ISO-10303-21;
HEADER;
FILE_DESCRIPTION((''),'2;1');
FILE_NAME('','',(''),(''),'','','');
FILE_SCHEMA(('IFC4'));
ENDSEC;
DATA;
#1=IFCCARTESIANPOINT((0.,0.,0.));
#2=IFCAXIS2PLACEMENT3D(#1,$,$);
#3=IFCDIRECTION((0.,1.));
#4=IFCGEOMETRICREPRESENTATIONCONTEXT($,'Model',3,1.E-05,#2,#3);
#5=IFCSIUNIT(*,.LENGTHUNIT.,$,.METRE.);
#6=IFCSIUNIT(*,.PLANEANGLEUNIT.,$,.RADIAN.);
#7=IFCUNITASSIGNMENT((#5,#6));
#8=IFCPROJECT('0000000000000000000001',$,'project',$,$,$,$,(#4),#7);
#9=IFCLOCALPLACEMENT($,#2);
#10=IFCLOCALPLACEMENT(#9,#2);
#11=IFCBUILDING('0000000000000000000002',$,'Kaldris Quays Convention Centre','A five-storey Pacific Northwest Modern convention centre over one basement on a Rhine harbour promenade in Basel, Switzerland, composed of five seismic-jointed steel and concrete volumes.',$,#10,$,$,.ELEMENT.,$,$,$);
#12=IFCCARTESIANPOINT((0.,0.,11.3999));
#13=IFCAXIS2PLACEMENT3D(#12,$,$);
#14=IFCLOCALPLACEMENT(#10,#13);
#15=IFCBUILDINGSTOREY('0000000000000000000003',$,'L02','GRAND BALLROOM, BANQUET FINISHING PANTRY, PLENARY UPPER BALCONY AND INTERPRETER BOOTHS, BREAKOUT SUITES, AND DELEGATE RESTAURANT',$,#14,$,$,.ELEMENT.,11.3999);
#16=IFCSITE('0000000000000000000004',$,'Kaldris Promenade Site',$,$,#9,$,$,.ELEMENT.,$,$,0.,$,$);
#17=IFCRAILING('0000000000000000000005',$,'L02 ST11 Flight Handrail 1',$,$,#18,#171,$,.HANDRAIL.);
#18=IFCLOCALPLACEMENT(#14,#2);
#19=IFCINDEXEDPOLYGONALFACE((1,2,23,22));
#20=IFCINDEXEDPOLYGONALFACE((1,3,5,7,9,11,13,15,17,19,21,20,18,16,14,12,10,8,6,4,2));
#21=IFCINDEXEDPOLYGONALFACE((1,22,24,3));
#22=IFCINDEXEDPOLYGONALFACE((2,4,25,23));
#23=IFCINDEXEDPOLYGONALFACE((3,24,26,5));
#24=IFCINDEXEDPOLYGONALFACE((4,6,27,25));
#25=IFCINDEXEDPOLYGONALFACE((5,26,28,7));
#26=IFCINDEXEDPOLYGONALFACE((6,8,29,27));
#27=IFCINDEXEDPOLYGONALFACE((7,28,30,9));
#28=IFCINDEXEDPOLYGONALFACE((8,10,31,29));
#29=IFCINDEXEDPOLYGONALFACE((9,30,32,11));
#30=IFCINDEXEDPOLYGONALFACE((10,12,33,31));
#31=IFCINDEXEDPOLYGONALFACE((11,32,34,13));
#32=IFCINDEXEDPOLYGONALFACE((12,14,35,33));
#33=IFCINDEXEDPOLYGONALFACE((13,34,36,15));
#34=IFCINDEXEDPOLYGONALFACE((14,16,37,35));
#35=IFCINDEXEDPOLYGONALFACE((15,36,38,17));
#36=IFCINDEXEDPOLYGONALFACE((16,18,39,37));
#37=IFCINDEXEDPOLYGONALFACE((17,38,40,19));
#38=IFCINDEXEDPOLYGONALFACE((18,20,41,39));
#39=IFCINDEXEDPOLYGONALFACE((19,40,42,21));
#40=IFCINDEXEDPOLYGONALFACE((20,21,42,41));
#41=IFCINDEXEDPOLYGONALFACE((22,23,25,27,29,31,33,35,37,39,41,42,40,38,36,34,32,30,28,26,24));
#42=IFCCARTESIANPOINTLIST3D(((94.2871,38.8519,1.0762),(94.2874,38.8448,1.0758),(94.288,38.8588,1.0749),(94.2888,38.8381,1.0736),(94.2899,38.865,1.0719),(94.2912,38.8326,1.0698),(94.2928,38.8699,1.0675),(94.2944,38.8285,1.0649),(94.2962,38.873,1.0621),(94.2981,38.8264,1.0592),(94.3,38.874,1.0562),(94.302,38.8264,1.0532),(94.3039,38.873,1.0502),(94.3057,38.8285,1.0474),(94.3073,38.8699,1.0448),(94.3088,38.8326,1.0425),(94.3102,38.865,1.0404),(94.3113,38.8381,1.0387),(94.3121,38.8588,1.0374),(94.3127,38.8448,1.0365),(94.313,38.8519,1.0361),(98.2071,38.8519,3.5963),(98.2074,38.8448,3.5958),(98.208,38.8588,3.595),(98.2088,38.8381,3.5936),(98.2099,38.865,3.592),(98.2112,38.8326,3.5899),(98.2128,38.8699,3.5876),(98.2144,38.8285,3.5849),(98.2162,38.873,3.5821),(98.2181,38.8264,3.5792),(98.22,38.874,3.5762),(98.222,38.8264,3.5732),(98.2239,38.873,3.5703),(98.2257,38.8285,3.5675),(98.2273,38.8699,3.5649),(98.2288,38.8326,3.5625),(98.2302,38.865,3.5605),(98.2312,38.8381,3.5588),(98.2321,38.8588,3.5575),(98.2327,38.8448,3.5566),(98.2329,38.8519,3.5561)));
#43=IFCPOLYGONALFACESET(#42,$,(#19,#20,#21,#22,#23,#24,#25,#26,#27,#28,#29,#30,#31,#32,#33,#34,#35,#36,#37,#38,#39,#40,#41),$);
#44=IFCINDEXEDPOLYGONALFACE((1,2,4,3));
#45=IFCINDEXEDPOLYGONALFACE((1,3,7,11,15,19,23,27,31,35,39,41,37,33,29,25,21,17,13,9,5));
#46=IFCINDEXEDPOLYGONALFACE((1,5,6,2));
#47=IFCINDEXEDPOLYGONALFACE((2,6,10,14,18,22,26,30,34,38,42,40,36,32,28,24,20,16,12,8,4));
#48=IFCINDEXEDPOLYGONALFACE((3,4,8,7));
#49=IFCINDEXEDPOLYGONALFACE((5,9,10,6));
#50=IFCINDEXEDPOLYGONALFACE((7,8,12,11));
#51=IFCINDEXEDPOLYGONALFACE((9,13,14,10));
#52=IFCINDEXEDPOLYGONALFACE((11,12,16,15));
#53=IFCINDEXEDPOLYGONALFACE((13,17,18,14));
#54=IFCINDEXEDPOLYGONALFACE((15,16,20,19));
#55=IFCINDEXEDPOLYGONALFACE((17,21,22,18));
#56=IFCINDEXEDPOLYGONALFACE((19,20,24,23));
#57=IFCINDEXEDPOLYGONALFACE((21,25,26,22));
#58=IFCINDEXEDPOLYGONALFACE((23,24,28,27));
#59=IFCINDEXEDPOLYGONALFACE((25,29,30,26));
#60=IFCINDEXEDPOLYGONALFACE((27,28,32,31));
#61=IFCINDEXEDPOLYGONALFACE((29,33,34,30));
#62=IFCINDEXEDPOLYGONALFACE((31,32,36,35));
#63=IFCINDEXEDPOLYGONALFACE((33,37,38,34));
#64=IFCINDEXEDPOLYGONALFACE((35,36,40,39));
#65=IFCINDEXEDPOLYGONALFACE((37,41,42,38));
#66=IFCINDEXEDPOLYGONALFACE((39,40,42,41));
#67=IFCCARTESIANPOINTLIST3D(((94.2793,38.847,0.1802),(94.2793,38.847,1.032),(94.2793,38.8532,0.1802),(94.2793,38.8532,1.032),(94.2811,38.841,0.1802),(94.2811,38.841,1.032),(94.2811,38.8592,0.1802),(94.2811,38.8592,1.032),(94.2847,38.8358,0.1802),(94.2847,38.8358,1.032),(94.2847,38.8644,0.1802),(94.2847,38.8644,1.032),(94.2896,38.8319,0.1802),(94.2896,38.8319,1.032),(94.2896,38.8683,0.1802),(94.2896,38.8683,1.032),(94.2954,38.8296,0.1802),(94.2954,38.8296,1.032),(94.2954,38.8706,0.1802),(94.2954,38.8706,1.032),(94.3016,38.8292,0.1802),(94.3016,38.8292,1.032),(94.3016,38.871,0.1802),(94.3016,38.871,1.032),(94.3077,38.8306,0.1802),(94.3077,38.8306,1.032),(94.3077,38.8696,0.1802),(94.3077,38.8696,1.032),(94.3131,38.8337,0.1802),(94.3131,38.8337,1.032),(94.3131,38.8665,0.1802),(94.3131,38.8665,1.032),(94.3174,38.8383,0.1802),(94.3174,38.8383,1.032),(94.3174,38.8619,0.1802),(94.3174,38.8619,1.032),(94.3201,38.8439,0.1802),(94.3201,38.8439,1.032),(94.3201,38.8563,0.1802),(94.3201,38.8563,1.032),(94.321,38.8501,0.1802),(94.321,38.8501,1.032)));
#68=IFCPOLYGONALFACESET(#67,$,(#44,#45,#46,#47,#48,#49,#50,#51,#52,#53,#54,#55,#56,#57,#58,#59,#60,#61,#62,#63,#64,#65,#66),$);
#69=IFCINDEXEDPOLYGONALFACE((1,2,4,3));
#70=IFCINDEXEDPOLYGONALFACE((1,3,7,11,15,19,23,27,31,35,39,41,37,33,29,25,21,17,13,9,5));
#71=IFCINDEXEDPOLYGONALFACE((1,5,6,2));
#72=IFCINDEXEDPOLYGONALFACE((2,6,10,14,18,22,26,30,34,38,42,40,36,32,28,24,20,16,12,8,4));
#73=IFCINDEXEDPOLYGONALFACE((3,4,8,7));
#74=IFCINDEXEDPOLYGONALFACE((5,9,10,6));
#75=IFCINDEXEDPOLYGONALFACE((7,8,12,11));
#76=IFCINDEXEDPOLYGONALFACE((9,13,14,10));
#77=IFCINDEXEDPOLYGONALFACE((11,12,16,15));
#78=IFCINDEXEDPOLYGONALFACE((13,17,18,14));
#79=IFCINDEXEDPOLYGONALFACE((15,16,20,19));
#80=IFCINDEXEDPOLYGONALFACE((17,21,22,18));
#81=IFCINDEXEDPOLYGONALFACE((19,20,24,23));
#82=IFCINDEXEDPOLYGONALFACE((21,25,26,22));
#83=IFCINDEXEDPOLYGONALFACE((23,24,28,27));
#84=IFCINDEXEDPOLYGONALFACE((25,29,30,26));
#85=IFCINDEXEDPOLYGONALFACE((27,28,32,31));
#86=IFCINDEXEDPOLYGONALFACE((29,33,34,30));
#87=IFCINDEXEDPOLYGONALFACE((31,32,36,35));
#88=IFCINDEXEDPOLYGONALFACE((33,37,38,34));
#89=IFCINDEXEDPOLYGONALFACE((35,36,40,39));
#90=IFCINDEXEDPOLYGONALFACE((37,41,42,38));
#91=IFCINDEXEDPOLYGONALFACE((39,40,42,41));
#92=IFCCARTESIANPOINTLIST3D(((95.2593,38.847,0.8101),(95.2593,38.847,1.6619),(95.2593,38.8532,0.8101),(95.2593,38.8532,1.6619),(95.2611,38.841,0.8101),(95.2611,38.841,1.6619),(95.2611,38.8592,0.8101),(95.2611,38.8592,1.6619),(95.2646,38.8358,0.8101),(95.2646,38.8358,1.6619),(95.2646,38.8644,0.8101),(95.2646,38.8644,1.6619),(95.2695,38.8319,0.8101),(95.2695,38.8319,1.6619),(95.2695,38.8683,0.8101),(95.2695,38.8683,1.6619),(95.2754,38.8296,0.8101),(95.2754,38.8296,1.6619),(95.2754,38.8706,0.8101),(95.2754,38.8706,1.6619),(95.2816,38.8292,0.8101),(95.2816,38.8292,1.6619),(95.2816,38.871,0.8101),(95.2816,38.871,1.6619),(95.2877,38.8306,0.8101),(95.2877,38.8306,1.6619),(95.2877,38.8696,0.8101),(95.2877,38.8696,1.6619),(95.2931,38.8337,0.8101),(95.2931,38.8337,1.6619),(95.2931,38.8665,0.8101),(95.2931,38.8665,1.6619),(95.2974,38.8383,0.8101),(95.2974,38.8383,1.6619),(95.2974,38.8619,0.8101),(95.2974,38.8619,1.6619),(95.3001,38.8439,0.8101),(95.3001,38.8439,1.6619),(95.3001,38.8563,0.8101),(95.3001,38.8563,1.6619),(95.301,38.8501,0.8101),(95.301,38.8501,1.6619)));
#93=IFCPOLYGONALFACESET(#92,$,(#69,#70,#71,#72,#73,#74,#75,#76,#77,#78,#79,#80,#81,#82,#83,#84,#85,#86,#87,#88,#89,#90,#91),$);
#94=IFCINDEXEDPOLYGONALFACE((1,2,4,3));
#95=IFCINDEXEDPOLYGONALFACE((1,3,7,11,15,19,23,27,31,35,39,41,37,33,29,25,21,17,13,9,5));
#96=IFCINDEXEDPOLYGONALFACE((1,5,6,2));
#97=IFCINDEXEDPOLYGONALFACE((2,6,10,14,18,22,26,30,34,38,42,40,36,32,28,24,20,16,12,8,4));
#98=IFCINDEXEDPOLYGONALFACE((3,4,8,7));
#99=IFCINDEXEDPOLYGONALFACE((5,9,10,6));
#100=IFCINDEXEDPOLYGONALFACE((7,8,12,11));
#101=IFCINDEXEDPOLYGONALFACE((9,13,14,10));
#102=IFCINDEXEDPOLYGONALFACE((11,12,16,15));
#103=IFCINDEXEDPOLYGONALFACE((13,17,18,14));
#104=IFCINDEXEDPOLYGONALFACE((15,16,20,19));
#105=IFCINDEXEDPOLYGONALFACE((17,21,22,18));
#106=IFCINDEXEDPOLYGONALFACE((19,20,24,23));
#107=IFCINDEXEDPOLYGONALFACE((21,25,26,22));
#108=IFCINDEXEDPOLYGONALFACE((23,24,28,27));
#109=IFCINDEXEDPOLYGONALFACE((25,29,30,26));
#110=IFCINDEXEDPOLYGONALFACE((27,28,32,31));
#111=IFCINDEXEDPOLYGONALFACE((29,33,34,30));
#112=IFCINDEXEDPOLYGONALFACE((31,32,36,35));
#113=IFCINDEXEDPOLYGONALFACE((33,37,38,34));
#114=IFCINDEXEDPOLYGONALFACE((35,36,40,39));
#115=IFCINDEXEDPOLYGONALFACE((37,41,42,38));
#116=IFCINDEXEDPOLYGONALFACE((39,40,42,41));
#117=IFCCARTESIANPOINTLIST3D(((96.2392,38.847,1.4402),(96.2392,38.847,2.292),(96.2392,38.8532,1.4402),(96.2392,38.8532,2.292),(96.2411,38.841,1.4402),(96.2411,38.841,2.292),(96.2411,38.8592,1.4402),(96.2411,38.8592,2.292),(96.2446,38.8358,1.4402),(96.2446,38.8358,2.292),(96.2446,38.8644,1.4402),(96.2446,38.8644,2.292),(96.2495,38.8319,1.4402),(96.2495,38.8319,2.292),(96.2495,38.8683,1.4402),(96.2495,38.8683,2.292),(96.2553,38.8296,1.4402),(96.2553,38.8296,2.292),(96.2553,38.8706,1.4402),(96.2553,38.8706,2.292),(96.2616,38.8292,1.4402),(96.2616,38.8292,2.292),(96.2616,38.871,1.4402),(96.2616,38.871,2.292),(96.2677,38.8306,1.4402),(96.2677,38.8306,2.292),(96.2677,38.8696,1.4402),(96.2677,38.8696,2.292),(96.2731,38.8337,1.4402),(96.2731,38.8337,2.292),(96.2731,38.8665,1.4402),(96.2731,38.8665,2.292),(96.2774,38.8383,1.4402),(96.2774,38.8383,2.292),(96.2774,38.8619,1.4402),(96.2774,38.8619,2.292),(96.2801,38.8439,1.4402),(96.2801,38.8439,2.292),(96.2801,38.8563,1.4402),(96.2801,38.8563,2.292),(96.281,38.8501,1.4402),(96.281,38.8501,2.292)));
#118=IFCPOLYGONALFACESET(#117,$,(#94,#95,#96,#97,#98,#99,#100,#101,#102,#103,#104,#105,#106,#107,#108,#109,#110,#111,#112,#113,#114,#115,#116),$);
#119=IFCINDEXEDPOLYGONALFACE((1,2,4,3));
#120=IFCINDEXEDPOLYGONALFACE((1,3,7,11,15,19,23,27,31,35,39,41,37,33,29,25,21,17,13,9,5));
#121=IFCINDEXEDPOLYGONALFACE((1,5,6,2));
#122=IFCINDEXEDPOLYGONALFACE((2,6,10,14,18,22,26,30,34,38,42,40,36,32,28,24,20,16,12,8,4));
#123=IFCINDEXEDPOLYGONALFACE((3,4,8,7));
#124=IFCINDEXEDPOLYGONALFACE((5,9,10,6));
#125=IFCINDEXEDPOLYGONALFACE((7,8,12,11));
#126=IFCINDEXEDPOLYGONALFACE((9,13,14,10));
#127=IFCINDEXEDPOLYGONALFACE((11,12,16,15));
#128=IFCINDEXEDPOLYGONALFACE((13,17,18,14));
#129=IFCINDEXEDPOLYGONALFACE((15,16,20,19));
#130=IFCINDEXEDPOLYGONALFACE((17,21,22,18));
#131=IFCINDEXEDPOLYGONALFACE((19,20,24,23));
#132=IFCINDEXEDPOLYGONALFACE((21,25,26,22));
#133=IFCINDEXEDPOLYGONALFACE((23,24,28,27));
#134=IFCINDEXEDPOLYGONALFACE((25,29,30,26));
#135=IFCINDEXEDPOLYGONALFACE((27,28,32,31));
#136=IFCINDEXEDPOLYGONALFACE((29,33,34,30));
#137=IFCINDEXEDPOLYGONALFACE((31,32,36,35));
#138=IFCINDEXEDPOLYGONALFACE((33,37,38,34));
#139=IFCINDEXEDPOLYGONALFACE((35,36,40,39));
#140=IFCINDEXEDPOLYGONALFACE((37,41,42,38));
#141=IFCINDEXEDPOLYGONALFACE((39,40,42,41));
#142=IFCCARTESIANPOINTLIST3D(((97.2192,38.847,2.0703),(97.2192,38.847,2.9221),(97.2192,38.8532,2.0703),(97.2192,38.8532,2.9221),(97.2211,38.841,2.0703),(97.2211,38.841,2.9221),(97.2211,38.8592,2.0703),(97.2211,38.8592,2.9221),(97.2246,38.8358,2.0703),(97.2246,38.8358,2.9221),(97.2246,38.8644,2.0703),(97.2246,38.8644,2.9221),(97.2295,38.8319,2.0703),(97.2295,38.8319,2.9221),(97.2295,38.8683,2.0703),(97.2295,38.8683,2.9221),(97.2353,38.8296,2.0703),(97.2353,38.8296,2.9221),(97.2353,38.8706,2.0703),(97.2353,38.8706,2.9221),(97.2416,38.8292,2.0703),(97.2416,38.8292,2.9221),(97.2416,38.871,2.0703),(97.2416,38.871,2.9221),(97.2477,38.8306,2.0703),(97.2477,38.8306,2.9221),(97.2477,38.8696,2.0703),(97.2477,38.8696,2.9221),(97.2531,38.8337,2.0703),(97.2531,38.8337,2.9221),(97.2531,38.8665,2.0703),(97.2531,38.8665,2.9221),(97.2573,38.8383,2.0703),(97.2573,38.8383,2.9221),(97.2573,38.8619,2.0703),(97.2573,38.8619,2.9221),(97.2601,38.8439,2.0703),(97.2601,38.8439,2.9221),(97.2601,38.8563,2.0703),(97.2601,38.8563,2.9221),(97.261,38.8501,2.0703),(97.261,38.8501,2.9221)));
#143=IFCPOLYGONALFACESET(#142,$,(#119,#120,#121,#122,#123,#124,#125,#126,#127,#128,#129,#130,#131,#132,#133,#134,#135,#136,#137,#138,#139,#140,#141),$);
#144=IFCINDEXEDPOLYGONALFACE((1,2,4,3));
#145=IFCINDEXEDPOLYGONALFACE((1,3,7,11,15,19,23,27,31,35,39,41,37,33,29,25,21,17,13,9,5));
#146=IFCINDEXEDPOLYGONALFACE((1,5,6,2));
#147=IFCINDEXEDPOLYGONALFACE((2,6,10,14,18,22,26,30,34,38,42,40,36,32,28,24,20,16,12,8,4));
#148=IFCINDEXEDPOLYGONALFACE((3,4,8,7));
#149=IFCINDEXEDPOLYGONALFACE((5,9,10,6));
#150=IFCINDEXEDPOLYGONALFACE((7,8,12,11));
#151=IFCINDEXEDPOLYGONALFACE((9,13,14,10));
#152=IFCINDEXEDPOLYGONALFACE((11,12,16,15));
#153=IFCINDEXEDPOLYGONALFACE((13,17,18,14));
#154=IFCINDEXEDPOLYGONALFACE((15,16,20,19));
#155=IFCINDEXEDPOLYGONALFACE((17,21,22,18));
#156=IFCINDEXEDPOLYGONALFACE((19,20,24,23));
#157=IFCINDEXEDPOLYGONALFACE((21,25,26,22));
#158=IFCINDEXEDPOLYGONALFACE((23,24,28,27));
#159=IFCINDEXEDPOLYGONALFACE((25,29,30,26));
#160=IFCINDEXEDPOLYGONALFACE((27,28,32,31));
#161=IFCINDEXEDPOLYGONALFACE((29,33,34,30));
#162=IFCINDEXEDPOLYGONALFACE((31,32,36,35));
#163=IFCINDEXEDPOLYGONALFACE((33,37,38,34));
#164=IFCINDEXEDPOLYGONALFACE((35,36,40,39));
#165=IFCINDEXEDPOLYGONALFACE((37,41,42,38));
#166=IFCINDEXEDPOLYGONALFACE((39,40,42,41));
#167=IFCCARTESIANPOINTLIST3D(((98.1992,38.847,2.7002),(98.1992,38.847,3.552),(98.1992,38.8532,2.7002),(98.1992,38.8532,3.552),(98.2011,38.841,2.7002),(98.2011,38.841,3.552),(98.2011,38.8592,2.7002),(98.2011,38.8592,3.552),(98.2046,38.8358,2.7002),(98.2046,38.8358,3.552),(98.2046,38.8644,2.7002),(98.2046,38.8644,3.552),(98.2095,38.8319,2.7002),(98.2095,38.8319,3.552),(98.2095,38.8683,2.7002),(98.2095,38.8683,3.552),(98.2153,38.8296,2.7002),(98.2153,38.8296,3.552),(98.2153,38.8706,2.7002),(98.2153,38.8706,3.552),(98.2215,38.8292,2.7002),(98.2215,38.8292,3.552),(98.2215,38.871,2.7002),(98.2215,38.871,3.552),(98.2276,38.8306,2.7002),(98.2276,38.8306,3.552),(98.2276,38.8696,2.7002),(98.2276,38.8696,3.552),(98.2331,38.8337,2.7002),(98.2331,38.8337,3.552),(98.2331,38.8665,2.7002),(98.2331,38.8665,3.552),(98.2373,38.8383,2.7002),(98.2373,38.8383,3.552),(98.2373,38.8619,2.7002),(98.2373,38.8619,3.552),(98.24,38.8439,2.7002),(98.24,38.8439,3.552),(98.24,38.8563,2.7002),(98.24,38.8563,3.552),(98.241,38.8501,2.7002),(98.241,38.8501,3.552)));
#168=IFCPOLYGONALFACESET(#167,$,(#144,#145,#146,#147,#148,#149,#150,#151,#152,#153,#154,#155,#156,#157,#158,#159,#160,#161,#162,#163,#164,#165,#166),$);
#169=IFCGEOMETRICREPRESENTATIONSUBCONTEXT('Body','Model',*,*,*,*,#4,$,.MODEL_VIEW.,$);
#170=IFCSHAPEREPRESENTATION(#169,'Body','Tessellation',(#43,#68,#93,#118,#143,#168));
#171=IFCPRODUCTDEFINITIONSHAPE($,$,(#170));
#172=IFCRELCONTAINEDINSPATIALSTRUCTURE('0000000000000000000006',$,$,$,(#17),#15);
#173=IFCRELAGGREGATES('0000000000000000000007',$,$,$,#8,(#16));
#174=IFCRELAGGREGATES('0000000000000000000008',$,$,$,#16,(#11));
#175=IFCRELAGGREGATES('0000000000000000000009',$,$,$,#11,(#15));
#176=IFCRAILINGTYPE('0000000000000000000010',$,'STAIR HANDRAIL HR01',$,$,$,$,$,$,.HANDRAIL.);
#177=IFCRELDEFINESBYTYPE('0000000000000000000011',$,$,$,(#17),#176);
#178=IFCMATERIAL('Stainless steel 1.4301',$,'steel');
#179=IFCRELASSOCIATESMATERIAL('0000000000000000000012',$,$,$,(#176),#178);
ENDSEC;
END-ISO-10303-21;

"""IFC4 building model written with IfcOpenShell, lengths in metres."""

from ifc_helpers import new_model, si_unit, direction, frame, origin, origin_2d, place, context, subcontext, project, spatial, circle, extrude, material, type_object, element, save


model = new_model("IFC4")

# Units and contexts
model_context = context("Model", 3, precision=1e-05, world=origin(), true_north=direction((0.0, 1.0)))
body_context = subcontext(model_context, "Body", "Model", "MODEL_VIEW")
ifc_project = project(units=[si_unit("LENGTHUNIT", "METRE"), si_unit("PLANEANGLEUNIT", "RADIAN")], contexts=[model_context])

# Site, building, storey
site_placement = place(None, origin())
site = spatial("IfcSite", under=ifc_project, at=site_placement, Name="Kaldris Promenade Site", CompositionType="ELEMENT", RefElevation=0.0)
building_placement = place(site_placement, origin())
building = spatial("IfcBuilding", under=site, at=building_placement, Name="Kaldris Quays Convention Centre", Description="A five-storey Pacific Northwest Modern convention centre over one basement on a Rhine harbour promenade in Basel, Switzerland, composed of five seismic-jointed steel and concrete volumes.", CompositionType="ELEMENT")
storey_placement = place(building_placement, frame((0.0, 0.0, 11.3999)))
storey = spatial("IfcBuildingStorey", under=building, at=storey_placement, Name="L02", Description="GRAND BALLROOM, BANQUET FINISHING PANTRY, PLENARY UPPER BALCONY AND INTERPRETER BOOTHS, BREAKOUT SUITES, AND DELEGATE RESTAURANT", CompositionType="ELEMENT", Elevation=11.3999)

# Railing
ifc_material_1 = material(Name="Stainless steel 1.4301", Category="steel")
railing_type_1 = type_object("IfcRailingType", Name="STAIR HANDRAIL HR01", PredefinedType="HANDRAIL", material=ifc_material_1)
railing_1_placement = place(storey_placement, frame((94.3, 38.8501, 0.1802)))
element("IfcRailing", 1, at=railing_1_placement, inside=storey, type_object=railing_type_1, Name="L02 ST11 Flight Handrail 1", PredefinedType="HANDRAIL", context=body_context, shape_type="SweptSolid", body=[
    extrude(circle(Radius=0.0239, at=origin_2d()), frame((0.0, 0.0, 0.876), z_axis=(0.841172, 0.0, 0.540768), x_axis=(0.0, 1.0, 0.0)), (0.0, 0.0, 1.0), 4.6602),
    extrude(circle(Radius=0.021, at=origin_2d()), origin(), (0.0, 0.0, 1.0), 0.8518),
    extrude(circle(Radius=0.021, at=origin_2d()), frame((0.98, 0.0, 0.6299)), (0.0, 0.0, 1.0), 0.8518),
    extrude(circle(Radius=0.021, at=origin_2d()), frame((1.96, 0.0, 1.26)), (0.0, 0.0, 1.0), 0.8518),
    extrude(circle(Radius=0.021, at=origin_2d()), frame((2.9399, 0.0, 1.8901)), (0.0, 0.0, 1.0), 0.8518),
    extrude(circle(Radius=0.021, at=origin_2d()), frame((3.9199, 0.0, 2.52)), (0.0, 0.0, 1.0), 0.8518),
])

save(model, "model.ifc")
